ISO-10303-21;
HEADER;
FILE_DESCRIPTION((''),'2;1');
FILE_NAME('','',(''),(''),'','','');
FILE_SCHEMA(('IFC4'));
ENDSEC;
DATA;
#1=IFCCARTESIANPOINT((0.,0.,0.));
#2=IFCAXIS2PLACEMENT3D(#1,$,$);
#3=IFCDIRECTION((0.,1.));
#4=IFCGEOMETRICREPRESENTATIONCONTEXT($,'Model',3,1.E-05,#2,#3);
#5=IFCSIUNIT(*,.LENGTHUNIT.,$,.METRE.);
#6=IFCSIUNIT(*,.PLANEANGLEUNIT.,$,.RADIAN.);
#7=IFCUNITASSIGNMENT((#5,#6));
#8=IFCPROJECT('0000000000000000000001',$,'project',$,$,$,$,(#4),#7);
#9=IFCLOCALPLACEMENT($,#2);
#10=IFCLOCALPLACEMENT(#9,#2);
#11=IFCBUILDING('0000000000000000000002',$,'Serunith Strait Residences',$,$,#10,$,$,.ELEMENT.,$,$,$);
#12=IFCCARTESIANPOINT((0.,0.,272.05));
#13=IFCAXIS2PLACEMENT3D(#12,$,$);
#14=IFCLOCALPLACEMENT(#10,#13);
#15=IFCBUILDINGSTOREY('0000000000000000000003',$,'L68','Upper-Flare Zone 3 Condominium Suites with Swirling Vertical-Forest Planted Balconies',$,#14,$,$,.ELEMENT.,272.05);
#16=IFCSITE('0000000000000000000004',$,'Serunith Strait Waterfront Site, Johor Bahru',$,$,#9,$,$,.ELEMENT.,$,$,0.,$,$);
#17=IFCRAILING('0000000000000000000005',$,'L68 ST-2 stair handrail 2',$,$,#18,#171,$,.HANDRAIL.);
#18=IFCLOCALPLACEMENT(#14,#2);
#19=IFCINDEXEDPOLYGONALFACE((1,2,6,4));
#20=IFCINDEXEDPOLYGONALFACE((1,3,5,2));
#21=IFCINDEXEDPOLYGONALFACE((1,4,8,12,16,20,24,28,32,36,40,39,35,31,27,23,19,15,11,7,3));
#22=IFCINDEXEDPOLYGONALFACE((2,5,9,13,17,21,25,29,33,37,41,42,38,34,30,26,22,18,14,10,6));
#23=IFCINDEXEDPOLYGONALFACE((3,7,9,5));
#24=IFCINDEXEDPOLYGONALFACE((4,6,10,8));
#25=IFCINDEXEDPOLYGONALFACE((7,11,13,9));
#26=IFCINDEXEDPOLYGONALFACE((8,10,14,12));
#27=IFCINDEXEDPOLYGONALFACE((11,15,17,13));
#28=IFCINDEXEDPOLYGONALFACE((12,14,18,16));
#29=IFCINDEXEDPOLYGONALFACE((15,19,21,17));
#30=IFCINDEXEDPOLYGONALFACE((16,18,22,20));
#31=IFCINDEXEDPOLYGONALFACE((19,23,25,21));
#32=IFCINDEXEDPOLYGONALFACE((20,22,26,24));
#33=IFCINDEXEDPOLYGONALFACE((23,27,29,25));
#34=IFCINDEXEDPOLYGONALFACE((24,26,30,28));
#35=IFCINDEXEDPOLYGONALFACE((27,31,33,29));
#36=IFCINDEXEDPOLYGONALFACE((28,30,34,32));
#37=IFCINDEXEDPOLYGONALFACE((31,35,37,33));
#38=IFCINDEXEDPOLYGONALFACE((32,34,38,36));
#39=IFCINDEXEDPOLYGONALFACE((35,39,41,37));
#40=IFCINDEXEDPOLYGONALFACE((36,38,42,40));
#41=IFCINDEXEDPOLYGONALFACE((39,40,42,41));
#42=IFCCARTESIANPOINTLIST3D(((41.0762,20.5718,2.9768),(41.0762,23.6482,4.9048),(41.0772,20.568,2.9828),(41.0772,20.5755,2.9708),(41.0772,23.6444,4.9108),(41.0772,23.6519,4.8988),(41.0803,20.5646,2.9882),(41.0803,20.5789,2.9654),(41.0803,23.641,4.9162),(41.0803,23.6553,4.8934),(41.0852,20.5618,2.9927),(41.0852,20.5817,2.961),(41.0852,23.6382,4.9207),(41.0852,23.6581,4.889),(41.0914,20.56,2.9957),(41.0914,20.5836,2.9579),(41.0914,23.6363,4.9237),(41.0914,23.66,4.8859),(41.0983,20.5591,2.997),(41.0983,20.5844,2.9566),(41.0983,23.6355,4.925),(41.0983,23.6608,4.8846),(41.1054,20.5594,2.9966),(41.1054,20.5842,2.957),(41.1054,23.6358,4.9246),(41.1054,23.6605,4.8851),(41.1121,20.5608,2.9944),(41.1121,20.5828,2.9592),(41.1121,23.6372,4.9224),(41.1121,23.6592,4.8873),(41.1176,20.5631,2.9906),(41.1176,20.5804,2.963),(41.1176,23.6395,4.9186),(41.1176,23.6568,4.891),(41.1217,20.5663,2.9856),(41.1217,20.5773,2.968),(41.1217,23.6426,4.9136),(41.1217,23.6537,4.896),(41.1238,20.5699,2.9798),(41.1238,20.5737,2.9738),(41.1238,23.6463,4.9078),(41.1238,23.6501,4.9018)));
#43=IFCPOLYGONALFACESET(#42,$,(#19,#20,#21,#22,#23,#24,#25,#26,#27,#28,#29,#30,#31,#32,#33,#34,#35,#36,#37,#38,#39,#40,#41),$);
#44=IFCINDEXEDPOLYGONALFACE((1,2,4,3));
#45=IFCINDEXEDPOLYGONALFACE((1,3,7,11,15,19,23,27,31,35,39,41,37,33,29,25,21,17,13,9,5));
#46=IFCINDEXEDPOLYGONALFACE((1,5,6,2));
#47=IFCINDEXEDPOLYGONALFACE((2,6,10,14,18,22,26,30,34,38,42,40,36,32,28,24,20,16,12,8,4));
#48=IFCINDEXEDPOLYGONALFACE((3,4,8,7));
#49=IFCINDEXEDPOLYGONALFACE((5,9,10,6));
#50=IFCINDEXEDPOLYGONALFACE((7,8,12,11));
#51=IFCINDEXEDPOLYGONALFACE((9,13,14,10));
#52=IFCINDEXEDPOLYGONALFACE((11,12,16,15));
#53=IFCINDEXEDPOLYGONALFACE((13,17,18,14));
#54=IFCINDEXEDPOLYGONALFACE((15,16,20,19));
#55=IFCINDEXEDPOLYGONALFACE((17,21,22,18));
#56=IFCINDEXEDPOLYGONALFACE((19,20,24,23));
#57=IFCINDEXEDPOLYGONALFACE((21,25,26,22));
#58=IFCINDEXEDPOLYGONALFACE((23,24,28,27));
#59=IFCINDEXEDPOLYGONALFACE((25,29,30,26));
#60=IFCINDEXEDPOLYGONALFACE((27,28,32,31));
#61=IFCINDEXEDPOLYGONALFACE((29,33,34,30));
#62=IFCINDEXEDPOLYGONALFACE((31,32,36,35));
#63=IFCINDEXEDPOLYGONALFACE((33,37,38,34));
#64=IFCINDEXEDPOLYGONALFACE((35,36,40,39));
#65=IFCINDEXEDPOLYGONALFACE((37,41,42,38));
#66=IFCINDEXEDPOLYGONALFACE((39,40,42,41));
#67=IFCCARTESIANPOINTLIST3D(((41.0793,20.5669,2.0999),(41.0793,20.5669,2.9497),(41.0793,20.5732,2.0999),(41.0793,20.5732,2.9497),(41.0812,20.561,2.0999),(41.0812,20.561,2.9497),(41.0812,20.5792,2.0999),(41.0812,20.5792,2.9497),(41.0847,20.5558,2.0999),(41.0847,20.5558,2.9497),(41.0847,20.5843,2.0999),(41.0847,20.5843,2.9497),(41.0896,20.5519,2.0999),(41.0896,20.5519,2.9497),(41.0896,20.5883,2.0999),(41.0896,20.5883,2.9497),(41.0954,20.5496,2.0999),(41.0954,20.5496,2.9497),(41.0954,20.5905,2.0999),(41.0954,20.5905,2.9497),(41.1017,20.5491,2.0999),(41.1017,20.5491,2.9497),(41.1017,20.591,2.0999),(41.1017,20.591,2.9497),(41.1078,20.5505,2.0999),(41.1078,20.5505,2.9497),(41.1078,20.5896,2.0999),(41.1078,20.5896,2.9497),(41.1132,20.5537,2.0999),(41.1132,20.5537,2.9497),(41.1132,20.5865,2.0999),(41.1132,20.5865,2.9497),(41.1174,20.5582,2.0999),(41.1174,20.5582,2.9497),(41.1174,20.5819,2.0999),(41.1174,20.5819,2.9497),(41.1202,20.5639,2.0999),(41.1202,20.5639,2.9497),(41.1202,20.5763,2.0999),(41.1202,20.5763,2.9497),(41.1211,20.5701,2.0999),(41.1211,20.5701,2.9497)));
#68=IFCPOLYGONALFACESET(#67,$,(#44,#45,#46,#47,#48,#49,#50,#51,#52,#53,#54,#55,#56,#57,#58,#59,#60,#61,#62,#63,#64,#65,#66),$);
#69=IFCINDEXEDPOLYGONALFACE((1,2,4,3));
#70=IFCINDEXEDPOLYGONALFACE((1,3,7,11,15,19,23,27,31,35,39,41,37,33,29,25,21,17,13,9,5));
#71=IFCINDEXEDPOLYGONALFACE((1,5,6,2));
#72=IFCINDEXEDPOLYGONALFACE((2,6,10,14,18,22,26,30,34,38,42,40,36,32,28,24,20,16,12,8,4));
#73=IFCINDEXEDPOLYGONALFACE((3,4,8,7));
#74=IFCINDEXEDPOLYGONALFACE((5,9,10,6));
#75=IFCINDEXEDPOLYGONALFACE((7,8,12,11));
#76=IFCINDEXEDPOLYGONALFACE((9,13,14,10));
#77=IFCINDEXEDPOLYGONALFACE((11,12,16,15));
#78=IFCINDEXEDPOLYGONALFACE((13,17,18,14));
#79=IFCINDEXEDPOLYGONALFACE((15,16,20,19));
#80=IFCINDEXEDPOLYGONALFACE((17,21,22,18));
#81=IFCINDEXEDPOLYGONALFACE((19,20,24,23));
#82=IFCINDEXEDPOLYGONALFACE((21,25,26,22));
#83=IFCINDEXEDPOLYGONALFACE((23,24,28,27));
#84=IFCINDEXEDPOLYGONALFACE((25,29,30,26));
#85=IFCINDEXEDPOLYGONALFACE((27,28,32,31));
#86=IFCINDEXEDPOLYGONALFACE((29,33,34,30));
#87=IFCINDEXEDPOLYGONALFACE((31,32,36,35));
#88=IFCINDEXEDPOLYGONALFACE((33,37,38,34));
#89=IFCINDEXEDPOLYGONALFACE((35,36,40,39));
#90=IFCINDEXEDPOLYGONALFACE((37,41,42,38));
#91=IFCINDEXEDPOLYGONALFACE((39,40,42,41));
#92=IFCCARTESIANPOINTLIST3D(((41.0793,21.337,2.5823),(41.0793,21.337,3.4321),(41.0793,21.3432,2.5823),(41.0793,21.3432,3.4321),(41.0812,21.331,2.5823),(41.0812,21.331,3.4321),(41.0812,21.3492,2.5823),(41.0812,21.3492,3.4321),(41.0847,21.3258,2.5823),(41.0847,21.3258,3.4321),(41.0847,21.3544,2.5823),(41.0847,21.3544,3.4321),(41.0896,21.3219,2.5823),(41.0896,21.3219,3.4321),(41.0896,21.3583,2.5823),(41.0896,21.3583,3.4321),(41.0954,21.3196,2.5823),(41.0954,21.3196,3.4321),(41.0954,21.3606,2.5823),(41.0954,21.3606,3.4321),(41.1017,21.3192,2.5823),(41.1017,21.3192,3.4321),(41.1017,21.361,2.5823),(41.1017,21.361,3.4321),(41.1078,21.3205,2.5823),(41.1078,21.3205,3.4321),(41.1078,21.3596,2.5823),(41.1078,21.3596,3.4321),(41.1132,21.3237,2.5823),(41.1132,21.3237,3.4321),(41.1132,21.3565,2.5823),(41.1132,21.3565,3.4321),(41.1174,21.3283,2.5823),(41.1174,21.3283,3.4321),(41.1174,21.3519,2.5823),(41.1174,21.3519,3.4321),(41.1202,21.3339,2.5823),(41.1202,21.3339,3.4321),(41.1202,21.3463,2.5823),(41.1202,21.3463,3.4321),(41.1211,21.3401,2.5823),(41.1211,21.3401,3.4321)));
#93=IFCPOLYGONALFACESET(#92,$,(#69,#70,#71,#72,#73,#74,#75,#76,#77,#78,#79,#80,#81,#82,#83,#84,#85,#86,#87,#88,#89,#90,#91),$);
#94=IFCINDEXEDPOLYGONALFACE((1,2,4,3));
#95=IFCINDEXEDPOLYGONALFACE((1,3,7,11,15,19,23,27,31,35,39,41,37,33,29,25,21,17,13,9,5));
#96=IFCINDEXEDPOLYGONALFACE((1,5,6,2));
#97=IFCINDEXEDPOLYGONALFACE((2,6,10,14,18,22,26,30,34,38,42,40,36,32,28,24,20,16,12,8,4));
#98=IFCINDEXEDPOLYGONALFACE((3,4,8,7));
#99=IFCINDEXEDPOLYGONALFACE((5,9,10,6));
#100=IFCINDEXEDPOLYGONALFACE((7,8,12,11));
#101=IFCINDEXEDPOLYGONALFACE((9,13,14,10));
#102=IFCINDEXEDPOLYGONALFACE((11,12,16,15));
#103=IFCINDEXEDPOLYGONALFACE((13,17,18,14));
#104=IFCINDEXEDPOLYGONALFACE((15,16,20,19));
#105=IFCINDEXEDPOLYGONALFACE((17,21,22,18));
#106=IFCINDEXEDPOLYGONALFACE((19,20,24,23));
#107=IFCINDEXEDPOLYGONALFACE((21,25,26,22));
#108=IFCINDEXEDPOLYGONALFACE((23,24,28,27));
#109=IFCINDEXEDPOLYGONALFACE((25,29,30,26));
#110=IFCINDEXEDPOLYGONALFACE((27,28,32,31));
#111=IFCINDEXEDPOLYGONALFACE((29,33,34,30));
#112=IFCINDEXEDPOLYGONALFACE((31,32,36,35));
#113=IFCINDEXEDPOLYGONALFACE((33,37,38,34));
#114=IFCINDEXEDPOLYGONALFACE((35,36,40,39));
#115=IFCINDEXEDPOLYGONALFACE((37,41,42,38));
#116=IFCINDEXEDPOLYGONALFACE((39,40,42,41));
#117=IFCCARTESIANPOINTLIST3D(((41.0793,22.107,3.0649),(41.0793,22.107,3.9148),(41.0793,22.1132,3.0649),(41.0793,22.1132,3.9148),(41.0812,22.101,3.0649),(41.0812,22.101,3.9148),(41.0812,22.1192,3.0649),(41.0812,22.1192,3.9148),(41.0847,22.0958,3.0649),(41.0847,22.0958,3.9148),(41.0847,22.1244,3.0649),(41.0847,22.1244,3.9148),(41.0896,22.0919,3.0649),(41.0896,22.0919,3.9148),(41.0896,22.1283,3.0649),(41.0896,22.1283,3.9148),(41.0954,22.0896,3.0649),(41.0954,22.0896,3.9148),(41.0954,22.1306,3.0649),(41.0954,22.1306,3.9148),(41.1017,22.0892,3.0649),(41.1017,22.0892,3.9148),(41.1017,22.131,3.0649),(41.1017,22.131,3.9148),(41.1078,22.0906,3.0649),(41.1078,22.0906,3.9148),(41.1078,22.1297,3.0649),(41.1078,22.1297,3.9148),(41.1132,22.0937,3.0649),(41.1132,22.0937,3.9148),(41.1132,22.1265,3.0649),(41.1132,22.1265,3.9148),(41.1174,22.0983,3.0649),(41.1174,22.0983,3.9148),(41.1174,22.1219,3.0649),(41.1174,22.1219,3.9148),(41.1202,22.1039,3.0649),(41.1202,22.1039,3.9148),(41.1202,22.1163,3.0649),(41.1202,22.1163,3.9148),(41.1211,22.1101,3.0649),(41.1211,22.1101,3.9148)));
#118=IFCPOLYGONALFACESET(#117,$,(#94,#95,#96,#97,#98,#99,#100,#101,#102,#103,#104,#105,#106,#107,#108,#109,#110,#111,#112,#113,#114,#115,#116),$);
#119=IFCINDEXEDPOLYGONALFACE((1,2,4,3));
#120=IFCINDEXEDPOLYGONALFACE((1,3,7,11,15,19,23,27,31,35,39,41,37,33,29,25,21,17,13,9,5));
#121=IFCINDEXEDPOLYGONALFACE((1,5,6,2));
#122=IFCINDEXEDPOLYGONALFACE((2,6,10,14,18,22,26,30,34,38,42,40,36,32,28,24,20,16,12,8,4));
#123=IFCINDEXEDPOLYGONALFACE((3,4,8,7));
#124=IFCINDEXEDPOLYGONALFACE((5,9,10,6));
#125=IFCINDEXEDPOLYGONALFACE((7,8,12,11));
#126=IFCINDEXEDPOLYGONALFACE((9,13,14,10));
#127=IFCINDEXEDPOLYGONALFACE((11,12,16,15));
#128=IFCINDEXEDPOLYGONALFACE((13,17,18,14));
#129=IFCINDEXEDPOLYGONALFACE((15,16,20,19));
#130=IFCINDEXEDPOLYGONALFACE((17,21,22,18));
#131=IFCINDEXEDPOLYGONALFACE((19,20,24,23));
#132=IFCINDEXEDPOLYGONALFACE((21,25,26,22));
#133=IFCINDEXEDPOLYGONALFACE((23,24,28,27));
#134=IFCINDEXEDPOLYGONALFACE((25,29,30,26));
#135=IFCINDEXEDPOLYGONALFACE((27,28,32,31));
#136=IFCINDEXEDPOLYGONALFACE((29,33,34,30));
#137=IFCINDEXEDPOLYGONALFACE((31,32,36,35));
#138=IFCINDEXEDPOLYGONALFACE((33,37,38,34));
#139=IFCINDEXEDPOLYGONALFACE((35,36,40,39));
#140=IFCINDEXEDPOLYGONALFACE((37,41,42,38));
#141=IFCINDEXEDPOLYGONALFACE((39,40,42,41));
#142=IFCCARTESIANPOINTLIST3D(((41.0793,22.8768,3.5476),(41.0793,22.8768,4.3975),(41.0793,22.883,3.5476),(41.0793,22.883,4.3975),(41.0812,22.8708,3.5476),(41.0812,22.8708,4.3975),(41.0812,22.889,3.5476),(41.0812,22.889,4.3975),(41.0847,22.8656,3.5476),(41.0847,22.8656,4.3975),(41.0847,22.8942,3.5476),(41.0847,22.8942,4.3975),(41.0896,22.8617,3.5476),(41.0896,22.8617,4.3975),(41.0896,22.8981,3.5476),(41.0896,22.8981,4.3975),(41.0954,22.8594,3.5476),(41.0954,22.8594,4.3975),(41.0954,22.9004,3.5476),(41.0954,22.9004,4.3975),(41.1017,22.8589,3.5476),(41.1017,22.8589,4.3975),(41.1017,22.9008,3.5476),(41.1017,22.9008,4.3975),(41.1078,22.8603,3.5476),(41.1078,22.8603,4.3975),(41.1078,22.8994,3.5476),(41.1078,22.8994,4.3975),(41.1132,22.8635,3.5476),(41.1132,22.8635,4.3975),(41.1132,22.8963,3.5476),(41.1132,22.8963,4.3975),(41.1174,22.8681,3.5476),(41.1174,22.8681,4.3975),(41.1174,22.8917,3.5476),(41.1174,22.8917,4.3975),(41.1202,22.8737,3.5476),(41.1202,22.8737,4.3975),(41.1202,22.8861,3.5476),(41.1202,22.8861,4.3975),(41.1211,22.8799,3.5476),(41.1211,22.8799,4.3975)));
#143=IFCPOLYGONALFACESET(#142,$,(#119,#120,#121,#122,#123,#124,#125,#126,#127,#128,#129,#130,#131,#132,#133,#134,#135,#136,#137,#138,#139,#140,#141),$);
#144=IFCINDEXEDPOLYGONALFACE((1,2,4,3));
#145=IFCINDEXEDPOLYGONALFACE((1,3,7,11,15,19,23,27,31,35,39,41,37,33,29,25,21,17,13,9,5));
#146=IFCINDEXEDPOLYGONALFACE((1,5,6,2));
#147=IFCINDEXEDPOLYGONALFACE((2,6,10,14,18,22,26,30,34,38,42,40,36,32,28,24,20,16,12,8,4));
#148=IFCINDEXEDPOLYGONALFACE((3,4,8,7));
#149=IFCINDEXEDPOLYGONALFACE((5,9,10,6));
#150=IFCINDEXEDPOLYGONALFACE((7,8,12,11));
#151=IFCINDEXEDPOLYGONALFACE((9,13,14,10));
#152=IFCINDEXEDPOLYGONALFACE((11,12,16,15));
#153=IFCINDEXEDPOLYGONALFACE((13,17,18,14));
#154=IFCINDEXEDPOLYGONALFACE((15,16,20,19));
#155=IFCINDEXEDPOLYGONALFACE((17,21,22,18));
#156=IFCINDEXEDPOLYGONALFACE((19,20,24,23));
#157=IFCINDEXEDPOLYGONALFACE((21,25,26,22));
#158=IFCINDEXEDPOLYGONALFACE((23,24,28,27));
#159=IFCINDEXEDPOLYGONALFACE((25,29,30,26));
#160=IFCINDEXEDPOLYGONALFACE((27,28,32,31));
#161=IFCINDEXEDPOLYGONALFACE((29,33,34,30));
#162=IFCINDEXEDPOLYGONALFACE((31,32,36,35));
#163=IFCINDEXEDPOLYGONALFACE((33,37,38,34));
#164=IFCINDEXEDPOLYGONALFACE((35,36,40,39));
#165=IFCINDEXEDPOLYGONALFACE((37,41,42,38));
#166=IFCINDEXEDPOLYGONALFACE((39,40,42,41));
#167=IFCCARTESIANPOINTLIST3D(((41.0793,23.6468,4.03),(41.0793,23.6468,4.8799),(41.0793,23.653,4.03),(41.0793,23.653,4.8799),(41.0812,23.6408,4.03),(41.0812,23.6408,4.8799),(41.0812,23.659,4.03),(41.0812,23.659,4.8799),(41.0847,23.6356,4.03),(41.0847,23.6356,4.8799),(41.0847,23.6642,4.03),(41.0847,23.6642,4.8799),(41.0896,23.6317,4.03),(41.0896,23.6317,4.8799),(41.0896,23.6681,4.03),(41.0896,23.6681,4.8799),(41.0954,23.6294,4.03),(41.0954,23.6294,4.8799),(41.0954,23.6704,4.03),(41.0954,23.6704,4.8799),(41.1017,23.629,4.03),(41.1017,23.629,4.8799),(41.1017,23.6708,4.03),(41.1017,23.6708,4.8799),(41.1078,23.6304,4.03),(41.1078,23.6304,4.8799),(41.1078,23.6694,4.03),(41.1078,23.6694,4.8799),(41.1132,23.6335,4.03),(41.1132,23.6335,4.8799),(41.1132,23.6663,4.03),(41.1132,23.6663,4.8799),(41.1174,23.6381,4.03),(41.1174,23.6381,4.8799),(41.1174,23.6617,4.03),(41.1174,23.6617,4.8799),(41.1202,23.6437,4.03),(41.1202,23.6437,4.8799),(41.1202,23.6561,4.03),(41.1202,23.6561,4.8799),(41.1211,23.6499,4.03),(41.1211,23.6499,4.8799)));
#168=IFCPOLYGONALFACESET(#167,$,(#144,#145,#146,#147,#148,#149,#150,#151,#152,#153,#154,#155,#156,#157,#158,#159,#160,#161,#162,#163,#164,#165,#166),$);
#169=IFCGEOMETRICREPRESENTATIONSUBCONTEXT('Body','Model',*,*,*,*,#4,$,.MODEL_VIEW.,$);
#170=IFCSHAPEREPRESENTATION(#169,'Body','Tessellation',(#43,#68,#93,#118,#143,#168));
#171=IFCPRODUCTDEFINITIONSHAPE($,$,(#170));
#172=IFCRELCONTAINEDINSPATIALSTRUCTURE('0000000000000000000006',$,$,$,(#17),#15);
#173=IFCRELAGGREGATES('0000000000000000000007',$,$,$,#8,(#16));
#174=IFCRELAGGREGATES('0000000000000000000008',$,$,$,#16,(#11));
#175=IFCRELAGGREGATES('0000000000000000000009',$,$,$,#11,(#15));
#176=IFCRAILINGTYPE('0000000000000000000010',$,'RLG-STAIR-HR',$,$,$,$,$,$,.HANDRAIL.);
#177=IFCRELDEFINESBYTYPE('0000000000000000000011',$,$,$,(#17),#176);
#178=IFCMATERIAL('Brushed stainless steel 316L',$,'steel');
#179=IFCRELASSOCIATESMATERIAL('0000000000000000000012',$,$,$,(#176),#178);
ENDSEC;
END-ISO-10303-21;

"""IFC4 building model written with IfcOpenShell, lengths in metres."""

from ifc_helpers import new_model, si_unit, direction, frame, origin, origin_2d, place, context, subcontext, project, spatial, circle, extrude, material, type_object, element, save


model = new_model("IFC4")

# Units and contexts
model_context = context("Model", 3, precision=1e-05, world=origin(), true_north=direction((0.0, 1.0)))
body_context = subcontext(model_context, "Body", "Model", "MODEL_VIEW")
ifc_project = project(units=[si_unit("LENGTHUNIT", "METRE"), si_unit("PLANEANGLEUNIT", "RADIAN")], contexts=[model_context])

# Site, building, storey
site_placement = place(None, origin())
site = spatial("IfcSite", under=ifc_project, at=site_placement, Name="Serunith Strait Waterfront Site, Johor Bahru", CompositionType="ELEMENT", RefElevation=0.0)
building_placement = place(site_placement, origin())
building = spatial("IfcBuilding", under=site, at=building_placement, Name="Serunith Strait Residences", CompositionType="ELEMENT")
storey_placement = place(building_placement, frame((0.0, 0.0, 272.05)))
storey = spatial("IfcBuildingStorey", under=building, at=storey_placement, Name="L68", Description="Upper-Flare Zone 3 Condominium Suites with Swirling Vertical-Forest Planted Balconies", CompositionType="ELEMENT", Elevation=272.05)

# Railing
ifc_material_1 = material(Name="Brushed stainless steel 316L", Category="steel")
railing_type_1 = type_object("IfcRailingType", Name="RLG-STAIR-HR", PredefinedType="HANDRAIL", material=ifc_material_1)
railing_1_placement = place(storey_placement, frame((41.1001, 20.5701, 2.0999)))
element("IfcRailing", 1, at=railing_1_placement, inside=storey, type_object=railing_type_1, Name="L68 ST-2 stair handrail 2", PredefinedType="HANDRAIL", context=body_context, shape_type="SweptSolid", body=[
    extrude(circle(Radius=0.0239, at=origin_2d()), frame((0.0, 0.0017, 0.877), z_axis=(0.0, 0.847345, 0.531043), x_axis=(-1.0, 0.0, 0.0)), (0.0, 0.0, 1.0), 3.6306),
    extrude(circle(Radius=0.021, at=origin_2d()), origin(), (0.0, 0.0, 1.0), 0.8499),
    extrude(circle(Radius=0.021, at=origin_2d()), frame((0.0, 0.77, 0.4824)), (0.0, 0.0, 1.0), 0.8499),
    extrude(circle(Radius=0.021, at=origin_2d()), frame((0.0, 1.54, 0.9651)), (0.0, 0.0, 1.0), 0.8499),
    extrude(circle(Radius=0.021, at=origin_2d()), frame((0.0, 2.3098, 1.4478)), (0.0, 0.0, 1.0), 0.8499),
    extrude(circle(Radius=0.021, at=origin_2d()), frame((0.0, 3.0798, 1.9302)), (0.0, 0.0, 1.0), 0.8499),
])

save(model, "model.ifc")
